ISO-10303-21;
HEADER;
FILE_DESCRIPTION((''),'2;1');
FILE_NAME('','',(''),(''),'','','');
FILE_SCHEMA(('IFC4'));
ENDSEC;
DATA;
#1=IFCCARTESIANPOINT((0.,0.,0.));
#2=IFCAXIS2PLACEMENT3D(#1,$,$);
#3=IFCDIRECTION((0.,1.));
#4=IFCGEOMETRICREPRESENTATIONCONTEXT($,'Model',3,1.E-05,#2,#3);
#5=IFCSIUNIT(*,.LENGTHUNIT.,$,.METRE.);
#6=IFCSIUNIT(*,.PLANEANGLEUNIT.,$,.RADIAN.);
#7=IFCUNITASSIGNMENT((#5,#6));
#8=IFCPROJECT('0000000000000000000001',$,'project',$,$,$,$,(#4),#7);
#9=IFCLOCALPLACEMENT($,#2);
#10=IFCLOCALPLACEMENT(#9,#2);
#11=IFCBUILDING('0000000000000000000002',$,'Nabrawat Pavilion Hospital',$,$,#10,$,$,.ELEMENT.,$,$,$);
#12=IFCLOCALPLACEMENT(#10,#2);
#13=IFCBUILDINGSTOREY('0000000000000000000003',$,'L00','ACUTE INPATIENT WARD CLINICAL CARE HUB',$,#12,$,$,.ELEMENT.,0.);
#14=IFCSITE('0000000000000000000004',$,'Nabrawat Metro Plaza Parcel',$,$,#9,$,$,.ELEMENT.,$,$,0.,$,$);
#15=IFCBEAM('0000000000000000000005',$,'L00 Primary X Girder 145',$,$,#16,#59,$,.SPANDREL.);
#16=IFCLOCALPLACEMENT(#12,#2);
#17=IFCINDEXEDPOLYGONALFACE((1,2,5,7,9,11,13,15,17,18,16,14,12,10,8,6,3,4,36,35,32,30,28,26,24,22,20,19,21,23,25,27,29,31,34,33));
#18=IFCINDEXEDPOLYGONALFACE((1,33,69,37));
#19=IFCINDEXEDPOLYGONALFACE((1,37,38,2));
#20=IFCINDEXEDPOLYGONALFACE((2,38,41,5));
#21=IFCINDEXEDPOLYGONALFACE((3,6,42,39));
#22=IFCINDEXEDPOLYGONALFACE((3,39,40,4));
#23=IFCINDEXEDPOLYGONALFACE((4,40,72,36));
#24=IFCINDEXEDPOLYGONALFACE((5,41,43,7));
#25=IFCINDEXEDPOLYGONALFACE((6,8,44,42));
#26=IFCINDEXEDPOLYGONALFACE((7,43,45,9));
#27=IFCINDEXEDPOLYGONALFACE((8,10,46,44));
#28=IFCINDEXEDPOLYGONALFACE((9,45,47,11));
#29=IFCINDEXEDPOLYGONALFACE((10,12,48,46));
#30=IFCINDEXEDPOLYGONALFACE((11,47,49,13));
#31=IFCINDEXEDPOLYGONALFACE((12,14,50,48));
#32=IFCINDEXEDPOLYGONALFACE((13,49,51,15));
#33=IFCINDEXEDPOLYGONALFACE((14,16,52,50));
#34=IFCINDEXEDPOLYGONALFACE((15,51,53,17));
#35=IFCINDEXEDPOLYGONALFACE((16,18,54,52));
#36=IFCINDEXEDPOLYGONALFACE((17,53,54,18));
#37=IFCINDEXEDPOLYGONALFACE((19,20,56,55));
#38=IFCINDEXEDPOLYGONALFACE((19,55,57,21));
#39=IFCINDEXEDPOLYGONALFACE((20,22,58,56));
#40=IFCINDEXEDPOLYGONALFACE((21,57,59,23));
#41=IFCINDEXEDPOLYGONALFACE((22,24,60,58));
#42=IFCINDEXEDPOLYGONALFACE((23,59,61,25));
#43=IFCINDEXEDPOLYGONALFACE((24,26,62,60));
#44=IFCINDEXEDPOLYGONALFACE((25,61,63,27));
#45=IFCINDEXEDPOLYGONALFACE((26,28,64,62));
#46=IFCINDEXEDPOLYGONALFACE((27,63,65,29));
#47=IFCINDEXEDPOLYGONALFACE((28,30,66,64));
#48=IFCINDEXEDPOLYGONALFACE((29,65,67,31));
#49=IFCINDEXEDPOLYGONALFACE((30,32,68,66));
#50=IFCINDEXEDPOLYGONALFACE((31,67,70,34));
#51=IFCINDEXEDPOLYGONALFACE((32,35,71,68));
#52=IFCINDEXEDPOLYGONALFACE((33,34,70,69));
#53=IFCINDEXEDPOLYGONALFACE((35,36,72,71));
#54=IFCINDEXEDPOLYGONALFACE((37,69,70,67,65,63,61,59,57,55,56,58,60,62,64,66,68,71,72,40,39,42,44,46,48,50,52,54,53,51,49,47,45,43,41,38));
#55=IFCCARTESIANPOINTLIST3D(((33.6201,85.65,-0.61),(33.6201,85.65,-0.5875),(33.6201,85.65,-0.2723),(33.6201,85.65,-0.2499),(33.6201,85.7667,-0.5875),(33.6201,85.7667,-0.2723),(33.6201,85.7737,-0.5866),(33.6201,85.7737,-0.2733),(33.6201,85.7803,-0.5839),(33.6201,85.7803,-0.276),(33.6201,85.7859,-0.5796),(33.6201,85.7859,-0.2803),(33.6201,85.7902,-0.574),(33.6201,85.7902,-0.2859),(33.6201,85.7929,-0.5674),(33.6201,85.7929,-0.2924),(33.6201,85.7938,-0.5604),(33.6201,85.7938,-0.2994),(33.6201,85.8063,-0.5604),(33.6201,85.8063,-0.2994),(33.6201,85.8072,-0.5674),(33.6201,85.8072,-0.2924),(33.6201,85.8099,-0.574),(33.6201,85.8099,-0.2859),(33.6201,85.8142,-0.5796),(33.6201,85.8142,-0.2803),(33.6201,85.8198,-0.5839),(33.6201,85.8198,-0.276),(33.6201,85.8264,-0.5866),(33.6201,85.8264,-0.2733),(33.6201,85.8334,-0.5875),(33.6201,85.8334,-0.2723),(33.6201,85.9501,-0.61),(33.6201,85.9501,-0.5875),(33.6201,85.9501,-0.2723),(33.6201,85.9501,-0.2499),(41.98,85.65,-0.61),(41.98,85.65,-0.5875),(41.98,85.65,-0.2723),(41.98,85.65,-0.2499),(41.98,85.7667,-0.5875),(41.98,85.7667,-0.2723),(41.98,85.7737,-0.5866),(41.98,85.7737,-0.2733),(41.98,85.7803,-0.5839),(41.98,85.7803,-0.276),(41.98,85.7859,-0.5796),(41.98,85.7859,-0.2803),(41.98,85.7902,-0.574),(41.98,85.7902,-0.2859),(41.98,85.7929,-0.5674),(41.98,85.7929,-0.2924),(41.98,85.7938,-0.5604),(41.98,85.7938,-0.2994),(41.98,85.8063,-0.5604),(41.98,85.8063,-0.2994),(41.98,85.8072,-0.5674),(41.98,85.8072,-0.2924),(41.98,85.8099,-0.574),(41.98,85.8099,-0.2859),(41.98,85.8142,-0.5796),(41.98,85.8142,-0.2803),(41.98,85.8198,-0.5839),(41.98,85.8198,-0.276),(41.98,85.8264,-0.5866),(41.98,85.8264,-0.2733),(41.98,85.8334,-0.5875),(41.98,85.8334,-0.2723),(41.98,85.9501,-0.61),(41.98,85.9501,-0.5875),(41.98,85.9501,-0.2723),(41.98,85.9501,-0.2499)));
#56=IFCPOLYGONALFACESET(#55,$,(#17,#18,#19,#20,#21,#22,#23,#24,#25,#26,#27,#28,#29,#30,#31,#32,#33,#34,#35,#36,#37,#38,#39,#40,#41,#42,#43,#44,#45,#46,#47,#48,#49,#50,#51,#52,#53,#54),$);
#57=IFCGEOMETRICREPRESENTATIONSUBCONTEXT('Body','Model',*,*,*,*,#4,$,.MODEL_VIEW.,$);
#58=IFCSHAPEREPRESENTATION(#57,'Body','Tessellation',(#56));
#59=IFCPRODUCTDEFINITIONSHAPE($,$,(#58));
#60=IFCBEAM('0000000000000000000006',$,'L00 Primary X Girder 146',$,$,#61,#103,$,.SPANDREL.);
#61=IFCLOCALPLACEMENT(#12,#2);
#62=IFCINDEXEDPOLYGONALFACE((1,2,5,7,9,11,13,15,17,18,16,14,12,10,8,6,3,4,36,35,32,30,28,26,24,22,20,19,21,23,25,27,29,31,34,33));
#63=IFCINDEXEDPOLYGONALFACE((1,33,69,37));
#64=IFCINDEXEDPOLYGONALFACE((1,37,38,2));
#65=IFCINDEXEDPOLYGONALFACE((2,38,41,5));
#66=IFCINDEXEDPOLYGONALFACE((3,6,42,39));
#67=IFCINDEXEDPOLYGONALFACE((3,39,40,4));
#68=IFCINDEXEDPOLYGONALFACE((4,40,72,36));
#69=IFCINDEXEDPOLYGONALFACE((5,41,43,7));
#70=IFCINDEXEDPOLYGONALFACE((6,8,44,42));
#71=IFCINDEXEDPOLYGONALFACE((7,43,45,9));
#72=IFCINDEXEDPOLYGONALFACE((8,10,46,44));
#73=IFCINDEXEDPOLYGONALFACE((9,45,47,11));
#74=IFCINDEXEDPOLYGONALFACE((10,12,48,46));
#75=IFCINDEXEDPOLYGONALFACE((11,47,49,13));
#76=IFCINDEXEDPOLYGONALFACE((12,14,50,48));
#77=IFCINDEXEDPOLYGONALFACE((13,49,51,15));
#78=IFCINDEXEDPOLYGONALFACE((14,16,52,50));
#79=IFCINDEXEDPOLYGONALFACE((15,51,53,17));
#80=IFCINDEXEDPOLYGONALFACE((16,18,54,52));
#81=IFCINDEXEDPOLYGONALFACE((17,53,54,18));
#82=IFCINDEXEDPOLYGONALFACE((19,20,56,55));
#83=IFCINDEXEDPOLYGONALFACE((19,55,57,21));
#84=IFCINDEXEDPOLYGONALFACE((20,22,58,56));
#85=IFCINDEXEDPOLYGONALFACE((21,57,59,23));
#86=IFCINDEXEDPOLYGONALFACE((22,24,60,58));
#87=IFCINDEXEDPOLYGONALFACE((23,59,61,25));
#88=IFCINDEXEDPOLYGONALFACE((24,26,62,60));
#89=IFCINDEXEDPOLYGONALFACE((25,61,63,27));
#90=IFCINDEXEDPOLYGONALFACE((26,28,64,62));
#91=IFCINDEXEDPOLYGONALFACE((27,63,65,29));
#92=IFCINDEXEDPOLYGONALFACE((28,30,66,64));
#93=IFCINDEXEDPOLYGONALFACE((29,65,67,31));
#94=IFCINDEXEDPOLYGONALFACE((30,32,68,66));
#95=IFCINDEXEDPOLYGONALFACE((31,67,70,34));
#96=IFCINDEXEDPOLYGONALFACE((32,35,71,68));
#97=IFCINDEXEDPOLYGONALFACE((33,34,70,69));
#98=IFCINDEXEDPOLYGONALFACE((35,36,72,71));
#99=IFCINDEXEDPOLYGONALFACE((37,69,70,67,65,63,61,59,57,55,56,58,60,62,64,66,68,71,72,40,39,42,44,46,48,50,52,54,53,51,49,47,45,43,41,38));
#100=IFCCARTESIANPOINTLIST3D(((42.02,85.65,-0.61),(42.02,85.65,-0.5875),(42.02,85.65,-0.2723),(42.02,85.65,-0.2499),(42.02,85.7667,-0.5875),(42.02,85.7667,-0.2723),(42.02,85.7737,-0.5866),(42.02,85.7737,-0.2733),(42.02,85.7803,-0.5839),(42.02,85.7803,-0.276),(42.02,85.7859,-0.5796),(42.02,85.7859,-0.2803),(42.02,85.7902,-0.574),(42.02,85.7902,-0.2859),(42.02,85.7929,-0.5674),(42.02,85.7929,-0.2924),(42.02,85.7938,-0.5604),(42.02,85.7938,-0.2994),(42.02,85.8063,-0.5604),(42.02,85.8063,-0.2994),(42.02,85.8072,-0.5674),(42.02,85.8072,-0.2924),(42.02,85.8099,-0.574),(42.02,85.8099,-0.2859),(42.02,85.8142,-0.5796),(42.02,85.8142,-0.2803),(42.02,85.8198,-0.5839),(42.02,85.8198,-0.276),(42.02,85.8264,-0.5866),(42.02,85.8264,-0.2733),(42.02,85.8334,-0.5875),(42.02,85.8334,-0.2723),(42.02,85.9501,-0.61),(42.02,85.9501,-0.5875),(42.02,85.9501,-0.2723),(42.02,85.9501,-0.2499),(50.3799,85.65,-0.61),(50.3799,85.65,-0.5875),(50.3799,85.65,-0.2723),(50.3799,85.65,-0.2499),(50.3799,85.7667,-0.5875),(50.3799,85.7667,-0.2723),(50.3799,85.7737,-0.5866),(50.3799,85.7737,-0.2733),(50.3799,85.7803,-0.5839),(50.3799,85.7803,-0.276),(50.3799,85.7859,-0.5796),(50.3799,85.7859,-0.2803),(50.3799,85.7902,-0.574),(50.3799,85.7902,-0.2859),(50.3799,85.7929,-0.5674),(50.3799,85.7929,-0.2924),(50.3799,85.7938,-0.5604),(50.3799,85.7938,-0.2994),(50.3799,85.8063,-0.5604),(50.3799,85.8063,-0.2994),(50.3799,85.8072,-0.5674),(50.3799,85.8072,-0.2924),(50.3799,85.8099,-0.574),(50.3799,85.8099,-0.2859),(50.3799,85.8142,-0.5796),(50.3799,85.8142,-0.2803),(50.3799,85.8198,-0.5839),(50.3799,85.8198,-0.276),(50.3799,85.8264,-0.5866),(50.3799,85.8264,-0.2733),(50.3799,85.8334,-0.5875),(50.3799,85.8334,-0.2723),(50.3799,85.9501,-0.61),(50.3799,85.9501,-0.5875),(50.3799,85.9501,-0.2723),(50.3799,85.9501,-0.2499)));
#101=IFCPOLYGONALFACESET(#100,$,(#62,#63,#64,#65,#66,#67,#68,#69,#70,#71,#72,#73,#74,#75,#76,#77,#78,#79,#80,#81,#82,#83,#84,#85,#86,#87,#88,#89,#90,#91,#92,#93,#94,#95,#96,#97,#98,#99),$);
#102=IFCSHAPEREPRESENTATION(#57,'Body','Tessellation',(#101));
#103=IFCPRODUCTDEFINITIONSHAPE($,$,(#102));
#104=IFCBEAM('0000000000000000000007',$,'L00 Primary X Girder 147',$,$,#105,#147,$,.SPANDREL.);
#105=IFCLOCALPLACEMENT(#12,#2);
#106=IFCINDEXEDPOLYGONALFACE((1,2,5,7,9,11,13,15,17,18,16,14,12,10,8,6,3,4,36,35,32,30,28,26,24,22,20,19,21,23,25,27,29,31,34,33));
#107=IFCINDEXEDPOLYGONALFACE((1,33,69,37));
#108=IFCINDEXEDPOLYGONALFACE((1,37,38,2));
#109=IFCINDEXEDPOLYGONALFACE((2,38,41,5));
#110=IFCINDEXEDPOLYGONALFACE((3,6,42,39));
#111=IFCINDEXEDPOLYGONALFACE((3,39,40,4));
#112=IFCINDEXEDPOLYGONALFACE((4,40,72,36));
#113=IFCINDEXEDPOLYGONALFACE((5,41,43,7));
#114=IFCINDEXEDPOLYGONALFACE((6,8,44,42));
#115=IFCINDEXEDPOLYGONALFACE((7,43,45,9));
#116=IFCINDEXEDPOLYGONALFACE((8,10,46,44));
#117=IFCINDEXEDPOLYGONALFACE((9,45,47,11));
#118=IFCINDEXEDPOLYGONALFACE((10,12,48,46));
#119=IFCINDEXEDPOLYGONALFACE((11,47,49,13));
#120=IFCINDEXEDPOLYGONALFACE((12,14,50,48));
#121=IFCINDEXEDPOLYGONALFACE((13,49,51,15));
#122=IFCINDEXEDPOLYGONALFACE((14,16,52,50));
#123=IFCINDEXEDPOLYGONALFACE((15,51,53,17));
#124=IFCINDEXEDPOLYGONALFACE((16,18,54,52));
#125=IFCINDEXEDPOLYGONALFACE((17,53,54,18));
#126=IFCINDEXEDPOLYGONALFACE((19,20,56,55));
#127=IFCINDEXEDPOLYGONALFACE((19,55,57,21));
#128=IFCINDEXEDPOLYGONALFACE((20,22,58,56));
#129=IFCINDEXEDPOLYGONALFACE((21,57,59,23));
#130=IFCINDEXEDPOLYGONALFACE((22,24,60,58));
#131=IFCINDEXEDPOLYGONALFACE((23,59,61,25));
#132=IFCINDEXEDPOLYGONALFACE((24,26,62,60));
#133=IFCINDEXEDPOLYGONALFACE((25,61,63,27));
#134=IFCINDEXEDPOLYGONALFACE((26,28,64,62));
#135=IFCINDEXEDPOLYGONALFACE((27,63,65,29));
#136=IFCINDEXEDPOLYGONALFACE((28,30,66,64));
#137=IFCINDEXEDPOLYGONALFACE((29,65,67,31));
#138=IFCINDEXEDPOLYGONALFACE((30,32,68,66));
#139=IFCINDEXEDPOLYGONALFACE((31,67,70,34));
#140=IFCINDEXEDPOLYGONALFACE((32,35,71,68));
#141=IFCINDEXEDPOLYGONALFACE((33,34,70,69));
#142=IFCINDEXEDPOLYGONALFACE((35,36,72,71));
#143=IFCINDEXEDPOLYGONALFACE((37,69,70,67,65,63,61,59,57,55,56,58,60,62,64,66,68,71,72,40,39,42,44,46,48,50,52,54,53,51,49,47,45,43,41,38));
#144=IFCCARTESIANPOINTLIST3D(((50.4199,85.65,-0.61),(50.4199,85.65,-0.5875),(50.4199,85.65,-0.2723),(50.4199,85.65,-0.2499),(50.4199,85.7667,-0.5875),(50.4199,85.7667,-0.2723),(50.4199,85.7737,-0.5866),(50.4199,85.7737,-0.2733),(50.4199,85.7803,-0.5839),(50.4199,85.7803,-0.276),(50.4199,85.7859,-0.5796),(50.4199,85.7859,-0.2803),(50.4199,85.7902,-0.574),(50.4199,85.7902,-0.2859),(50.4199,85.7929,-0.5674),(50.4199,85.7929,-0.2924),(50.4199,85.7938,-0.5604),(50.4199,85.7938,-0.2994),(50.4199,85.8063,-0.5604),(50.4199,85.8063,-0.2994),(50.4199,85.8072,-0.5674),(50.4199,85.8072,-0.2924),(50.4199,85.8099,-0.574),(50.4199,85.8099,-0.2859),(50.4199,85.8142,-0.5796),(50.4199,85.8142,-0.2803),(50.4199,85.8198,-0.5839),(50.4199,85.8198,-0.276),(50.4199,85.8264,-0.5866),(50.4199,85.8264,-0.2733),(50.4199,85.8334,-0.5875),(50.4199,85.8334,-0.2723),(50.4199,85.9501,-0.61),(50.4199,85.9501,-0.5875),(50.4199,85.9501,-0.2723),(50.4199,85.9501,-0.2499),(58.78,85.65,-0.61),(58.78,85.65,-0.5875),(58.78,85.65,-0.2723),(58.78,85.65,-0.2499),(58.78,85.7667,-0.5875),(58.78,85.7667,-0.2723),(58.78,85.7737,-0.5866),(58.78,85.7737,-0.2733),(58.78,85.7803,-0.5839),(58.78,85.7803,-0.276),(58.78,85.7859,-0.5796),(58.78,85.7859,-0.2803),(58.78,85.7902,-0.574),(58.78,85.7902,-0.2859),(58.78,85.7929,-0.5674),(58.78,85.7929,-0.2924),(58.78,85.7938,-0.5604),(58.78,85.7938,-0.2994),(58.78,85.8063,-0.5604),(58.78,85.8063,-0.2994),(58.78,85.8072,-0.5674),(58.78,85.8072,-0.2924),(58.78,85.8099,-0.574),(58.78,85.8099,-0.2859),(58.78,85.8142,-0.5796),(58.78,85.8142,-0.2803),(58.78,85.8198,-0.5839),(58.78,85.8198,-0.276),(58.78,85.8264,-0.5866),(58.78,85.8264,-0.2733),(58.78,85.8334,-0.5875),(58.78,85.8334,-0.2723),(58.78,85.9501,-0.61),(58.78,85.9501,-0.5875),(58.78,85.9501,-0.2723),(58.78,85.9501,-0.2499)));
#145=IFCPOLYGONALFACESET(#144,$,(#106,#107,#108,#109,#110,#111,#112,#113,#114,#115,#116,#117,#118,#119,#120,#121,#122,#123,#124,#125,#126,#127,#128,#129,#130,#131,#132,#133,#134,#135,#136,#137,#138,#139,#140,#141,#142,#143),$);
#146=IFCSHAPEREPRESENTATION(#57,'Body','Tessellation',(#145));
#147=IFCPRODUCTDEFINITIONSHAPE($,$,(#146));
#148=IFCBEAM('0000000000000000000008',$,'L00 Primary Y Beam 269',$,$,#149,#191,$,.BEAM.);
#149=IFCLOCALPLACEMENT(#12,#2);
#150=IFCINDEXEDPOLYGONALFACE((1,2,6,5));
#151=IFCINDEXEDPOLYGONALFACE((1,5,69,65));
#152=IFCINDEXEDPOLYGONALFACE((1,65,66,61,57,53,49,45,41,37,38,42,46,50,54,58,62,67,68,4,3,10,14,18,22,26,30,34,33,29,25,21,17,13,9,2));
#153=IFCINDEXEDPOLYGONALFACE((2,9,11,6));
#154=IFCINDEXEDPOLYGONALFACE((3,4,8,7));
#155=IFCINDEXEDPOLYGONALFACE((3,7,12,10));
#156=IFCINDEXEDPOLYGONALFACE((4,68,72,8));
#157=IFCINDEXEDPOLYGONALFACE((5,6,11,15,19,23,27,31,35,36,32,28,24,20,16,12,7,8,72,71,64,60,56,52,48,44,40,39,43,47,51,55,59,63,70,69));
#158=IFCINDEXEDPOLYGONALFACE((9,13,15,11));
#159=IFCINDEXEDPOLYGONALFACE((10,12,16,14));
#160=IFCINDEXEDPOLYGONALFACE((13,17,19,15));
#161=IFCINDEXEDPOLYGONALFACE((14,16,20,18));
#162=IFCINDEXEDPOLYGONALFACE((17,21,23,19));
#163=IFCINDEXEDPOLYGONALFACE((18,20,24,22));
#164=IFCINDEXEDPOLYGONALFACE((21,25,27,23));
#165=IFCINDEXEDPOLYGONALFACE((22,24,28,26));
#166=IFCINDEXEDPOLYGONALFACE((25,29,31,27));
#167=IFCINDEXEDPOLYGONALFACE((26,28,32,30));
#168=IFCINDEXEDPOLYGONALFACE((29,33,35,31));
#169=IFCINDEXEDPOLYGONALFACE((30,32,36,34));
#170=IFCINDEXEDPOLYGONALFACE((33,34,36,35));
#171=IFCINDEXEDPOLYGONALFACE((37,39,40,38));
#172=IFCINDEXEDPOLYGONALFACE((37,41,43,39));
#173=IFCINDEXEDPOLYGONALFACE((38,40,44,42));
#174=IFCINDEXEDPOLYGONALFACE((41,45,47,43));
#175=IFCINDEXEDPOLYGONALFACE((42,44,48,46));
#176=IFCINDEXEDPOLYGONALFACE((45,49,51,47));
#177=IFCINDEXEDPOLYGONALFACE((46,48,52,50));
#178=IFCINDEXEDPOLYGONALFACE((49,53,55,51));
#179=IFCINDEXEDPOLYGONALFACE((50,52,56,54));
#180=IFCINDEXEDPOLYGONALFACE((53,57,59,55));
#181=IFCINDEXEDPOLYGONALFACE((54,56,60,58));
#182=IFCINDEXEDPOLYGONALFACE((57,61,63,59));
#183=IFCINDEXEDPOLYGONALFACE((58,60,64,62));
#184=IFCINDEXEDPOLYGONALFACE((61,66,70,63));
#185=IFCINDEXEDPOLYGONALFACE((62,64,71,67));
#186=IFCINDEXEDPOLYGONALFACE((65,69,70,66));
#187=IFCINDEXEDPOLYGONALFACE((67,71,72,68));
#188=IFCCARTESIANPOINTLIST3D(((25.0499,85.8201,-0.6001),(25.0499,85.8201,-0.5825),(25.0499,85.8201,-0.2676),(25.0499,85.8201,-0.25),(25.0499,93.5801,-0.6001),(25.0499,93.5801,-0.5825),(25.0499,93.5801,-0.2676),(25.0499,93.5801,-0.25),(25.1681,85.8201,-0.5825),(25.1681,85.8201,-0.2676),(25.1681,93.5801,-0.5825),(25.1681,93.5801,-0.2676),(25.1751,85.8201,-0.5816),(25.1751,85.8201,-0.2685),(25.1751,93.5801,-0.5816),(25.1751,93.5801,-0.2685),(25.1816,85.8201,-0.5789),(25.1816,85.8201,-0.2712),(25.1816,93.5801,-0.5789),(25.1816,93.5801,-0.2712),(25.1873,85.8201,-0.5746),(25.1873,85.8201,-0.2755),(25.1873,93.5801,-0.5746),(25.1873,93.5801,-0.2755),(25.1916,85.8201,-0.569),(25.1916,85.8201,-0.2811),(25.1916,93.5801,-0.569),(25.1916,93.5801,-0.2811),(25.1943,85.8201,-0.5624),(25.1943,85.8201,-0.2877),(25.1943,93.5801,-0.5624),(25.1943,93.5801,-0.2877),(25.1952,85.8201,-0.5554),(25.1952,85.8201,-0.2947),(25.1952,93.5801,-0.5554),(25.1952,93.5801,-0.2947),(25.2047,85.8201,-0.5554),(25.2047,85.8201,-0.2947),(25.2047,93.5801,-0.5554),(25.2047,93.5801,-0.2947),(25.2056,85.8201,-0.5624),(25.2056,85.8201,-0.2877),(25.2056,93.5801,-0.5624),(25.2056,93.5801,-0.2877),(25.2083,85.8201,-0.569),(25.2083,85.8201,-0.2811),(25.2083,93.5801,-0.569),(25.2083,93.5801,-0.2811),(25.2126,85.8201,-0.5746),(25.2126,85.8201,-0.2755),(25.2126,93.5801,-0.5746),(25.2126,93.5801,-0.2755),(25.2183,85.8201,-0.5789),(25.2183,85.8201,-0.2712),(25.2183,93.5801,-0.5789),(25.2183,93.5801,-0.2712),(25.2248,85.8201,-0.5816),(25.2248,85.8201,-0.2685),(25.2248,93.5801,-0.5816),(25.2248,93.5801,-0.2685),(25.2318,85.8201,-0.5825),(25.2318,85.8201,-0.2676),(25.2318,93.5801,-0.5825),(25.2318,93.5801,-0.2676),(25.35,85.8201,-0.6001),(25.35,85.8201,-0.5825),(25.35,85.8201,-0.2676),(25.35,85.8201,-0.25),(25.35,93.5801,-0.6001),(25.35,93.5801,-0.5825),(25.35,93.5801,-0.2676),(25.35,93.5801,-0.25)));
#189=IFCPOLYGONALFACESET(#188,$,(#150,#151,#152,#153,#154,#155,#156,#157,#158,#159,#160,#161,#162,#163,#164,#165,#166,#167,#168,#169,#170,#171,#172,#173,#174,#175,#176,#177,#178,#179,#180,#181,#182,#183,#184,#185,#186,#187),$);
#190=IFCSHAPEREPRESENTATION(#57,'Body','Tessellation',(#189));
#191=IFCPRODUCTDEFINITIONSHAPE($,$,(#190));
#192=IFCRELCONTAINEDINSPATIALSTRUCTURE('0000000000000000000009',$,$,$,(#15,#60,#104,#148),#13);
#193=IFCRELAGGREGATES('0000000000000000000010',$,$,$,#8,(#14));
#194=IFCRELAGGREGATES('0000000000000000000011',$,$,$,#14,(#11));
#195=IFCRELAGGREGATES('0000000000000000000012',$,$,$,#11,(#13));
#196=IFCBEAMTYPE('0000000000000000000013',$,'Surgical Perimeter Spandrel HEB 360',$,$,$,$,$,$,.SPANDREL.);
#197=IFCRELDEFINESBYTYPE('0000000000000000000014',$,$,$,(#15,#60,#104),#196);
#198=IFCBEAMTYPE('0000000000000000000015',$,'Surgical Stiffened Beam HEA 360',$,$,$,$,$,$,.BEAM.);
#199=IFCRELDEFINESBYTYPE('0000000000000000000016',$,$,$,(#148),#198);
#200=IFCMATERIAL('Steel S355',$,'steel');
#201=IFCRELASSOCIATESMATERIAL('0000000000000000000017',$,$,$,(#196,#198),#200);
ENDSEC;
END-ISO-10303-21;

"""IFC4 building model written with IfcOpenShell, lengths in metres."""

from ifc_helpers import new_model, si_unit, direction, frame, origin, origin_2d, place, context, subcontext, project, spatial, i_section, extrude, material, material_profile, profile_set, type_object, element, save


model = new_model("IFC4")

# Units and contexts
model_context = context("Model", 3, precision=1e-05, world=origin(), true_north=direction((0.0, 1.0)))
body_context = subcontext(model_context, "Body", "Model", "MODEL_VIEW")
ifc_project = project(units=[si_unit("LENGTHUNIT", "METRE"), si_unit("PLANEANGLEUNIT", "RADIAN")], contexts=[model_context])

# Site, building, storey
site_placement = place(None, origin())
site = spatial("IfcSite", under=ifc_project, at=site_placement, Name="Nabrawat Metro Plaza Parcel", CompositionType="ELEMENT", RefElevation=0.0)
building_placement = place(site_placement, origin())
building = spatial("IfcBuilding", under=site, at=building_placement, Name="Nabrawat Pavilion Hospital", CompositionType="ELEMENT")
storey_placement = place(building_placement, origin())
storey = spatial("IfcBuildingStorey", under=building, at=storey_placement, Name="L00", Description="ACUTE INPATIENT WARD CLINICAL CARE HUB", CompositionType="ELEMENT", Elevation=0.0)

# Shared definitions
ifc_material_1 = material(Name="Steel S355", Category="steel")

# Beams
ifc_material_profile_1 = material_profile(ifc_material_1, i_section(OverallWidth=0.3, OverallDepth=0.3601, WebThickness=0.0125, FlangeThickness=0.0225, FilletRadius=0.0271, at=origin_2d()), Name="HEB 360")
ifc_profile_set_1 = profile_set([ifc_material_profile_1], Name="Steel S355")
beam_type_1 = type_object("IfcBeamType", Name="Surgical Perimeter Spandrel HEB 360", PredefinedType="SPANDREL", material=ifc_profile_set_1)
for number, where, z_axis, x_axis, name in (
    (1, (33.6201, 85.8, -0.4299), (1.0, 0.0, 0.0), (0.0, 1.0, 0.0), "L00 Primary X Girder 145"),
    (2, (42.02, 85.8, -0.4299), (1.0, 0.0, 0.0), (0.0, 1.0, 0.0), "L00 Primary X Girder 146"),
):
    element("IfcBeam", number, at=place(storey_placement, frame(where, z_axis=z_axis, x_axis=x_axis)), inside=storey, type_object=beam_type_1, Name=name, PredefinedType="SPANDREL", context=body_context, shape_type="SweptSolid", body=[
        extrude(i_section(OverallWidth=0.3, OverallDepth=0.3601, WebThickness=0.0125, FlangeThickness=0.0225, FilletRadius=0.0271, at=origin_2d()), origin(), (0.0, 0.0, 1.0), 8.3599),
    ])
beam_1_placement = place(storey_placement, frame((50.4199, 85.8, -0.4299), z_axis=(1.0, 0.0, 0.0), x_axis=(0.0, 1.0, 0.0)))
element("IfcBeam", 3, at=beam_1_placement, inside=storey, type_object=beam_type_1, Name="L00 Primary X Girder 147", PredefinedType="SPANDREL", context=body_context, shape_type="SweptSolid", body=[
    extrude(i_section(OverallWidth=0.3, OverallDepth=0.3601, WebThickness=0.0125, FlangeThickness=0.0225, FilletRadius=0.0271, at=origin_2d()), origin(), (0.0, 0.0, 1.0), 8.3601),
])
ifc_material_profile_2 = material_profile(ifc_material_1, i_section(OverallWidth=0.3, OverallDepth=0.3501, WebThickness=0.0095, FlangeThickness=0.0176, FilletRadius=0.0271, at=origin_2d()), Name="HEA 360")
ifc_profile_set_2 = profile_set([ifc_material_profile_2], Name="Steel S355")
beam_type_2 = type_object("IfcBeamType", Name="Surgical Stiffened Beam HEA 360", PredefinedType="BEAM", material=ifc_profile_set_2)
beam_2_placement = place(storey_placement, frame((25.2, 85.8201, -0.425), z_axis=(0.0, 1.0, 0.0), x_axis=(-1.0, 0.0, 0.0)))
element("IfcBeam", 4, at=beam_2_placement, inside=storey, type_object=beam_type_2, Name="L00 Primary Y Beam 269", PredefinedType="BEAM", context=body_context, shape_type="SweptSolid", body=[
    extrude(i_section(OverallWidth=0.3, OverallDepth=0.3501, WebThickness=0.0095, FlangeThickness=0.0176, FilletRadius=0.0271, at=origin_2d()), origin(), (0.0, 0.0, 1.0), 7.76),
])

save(model, "model.ifc")
